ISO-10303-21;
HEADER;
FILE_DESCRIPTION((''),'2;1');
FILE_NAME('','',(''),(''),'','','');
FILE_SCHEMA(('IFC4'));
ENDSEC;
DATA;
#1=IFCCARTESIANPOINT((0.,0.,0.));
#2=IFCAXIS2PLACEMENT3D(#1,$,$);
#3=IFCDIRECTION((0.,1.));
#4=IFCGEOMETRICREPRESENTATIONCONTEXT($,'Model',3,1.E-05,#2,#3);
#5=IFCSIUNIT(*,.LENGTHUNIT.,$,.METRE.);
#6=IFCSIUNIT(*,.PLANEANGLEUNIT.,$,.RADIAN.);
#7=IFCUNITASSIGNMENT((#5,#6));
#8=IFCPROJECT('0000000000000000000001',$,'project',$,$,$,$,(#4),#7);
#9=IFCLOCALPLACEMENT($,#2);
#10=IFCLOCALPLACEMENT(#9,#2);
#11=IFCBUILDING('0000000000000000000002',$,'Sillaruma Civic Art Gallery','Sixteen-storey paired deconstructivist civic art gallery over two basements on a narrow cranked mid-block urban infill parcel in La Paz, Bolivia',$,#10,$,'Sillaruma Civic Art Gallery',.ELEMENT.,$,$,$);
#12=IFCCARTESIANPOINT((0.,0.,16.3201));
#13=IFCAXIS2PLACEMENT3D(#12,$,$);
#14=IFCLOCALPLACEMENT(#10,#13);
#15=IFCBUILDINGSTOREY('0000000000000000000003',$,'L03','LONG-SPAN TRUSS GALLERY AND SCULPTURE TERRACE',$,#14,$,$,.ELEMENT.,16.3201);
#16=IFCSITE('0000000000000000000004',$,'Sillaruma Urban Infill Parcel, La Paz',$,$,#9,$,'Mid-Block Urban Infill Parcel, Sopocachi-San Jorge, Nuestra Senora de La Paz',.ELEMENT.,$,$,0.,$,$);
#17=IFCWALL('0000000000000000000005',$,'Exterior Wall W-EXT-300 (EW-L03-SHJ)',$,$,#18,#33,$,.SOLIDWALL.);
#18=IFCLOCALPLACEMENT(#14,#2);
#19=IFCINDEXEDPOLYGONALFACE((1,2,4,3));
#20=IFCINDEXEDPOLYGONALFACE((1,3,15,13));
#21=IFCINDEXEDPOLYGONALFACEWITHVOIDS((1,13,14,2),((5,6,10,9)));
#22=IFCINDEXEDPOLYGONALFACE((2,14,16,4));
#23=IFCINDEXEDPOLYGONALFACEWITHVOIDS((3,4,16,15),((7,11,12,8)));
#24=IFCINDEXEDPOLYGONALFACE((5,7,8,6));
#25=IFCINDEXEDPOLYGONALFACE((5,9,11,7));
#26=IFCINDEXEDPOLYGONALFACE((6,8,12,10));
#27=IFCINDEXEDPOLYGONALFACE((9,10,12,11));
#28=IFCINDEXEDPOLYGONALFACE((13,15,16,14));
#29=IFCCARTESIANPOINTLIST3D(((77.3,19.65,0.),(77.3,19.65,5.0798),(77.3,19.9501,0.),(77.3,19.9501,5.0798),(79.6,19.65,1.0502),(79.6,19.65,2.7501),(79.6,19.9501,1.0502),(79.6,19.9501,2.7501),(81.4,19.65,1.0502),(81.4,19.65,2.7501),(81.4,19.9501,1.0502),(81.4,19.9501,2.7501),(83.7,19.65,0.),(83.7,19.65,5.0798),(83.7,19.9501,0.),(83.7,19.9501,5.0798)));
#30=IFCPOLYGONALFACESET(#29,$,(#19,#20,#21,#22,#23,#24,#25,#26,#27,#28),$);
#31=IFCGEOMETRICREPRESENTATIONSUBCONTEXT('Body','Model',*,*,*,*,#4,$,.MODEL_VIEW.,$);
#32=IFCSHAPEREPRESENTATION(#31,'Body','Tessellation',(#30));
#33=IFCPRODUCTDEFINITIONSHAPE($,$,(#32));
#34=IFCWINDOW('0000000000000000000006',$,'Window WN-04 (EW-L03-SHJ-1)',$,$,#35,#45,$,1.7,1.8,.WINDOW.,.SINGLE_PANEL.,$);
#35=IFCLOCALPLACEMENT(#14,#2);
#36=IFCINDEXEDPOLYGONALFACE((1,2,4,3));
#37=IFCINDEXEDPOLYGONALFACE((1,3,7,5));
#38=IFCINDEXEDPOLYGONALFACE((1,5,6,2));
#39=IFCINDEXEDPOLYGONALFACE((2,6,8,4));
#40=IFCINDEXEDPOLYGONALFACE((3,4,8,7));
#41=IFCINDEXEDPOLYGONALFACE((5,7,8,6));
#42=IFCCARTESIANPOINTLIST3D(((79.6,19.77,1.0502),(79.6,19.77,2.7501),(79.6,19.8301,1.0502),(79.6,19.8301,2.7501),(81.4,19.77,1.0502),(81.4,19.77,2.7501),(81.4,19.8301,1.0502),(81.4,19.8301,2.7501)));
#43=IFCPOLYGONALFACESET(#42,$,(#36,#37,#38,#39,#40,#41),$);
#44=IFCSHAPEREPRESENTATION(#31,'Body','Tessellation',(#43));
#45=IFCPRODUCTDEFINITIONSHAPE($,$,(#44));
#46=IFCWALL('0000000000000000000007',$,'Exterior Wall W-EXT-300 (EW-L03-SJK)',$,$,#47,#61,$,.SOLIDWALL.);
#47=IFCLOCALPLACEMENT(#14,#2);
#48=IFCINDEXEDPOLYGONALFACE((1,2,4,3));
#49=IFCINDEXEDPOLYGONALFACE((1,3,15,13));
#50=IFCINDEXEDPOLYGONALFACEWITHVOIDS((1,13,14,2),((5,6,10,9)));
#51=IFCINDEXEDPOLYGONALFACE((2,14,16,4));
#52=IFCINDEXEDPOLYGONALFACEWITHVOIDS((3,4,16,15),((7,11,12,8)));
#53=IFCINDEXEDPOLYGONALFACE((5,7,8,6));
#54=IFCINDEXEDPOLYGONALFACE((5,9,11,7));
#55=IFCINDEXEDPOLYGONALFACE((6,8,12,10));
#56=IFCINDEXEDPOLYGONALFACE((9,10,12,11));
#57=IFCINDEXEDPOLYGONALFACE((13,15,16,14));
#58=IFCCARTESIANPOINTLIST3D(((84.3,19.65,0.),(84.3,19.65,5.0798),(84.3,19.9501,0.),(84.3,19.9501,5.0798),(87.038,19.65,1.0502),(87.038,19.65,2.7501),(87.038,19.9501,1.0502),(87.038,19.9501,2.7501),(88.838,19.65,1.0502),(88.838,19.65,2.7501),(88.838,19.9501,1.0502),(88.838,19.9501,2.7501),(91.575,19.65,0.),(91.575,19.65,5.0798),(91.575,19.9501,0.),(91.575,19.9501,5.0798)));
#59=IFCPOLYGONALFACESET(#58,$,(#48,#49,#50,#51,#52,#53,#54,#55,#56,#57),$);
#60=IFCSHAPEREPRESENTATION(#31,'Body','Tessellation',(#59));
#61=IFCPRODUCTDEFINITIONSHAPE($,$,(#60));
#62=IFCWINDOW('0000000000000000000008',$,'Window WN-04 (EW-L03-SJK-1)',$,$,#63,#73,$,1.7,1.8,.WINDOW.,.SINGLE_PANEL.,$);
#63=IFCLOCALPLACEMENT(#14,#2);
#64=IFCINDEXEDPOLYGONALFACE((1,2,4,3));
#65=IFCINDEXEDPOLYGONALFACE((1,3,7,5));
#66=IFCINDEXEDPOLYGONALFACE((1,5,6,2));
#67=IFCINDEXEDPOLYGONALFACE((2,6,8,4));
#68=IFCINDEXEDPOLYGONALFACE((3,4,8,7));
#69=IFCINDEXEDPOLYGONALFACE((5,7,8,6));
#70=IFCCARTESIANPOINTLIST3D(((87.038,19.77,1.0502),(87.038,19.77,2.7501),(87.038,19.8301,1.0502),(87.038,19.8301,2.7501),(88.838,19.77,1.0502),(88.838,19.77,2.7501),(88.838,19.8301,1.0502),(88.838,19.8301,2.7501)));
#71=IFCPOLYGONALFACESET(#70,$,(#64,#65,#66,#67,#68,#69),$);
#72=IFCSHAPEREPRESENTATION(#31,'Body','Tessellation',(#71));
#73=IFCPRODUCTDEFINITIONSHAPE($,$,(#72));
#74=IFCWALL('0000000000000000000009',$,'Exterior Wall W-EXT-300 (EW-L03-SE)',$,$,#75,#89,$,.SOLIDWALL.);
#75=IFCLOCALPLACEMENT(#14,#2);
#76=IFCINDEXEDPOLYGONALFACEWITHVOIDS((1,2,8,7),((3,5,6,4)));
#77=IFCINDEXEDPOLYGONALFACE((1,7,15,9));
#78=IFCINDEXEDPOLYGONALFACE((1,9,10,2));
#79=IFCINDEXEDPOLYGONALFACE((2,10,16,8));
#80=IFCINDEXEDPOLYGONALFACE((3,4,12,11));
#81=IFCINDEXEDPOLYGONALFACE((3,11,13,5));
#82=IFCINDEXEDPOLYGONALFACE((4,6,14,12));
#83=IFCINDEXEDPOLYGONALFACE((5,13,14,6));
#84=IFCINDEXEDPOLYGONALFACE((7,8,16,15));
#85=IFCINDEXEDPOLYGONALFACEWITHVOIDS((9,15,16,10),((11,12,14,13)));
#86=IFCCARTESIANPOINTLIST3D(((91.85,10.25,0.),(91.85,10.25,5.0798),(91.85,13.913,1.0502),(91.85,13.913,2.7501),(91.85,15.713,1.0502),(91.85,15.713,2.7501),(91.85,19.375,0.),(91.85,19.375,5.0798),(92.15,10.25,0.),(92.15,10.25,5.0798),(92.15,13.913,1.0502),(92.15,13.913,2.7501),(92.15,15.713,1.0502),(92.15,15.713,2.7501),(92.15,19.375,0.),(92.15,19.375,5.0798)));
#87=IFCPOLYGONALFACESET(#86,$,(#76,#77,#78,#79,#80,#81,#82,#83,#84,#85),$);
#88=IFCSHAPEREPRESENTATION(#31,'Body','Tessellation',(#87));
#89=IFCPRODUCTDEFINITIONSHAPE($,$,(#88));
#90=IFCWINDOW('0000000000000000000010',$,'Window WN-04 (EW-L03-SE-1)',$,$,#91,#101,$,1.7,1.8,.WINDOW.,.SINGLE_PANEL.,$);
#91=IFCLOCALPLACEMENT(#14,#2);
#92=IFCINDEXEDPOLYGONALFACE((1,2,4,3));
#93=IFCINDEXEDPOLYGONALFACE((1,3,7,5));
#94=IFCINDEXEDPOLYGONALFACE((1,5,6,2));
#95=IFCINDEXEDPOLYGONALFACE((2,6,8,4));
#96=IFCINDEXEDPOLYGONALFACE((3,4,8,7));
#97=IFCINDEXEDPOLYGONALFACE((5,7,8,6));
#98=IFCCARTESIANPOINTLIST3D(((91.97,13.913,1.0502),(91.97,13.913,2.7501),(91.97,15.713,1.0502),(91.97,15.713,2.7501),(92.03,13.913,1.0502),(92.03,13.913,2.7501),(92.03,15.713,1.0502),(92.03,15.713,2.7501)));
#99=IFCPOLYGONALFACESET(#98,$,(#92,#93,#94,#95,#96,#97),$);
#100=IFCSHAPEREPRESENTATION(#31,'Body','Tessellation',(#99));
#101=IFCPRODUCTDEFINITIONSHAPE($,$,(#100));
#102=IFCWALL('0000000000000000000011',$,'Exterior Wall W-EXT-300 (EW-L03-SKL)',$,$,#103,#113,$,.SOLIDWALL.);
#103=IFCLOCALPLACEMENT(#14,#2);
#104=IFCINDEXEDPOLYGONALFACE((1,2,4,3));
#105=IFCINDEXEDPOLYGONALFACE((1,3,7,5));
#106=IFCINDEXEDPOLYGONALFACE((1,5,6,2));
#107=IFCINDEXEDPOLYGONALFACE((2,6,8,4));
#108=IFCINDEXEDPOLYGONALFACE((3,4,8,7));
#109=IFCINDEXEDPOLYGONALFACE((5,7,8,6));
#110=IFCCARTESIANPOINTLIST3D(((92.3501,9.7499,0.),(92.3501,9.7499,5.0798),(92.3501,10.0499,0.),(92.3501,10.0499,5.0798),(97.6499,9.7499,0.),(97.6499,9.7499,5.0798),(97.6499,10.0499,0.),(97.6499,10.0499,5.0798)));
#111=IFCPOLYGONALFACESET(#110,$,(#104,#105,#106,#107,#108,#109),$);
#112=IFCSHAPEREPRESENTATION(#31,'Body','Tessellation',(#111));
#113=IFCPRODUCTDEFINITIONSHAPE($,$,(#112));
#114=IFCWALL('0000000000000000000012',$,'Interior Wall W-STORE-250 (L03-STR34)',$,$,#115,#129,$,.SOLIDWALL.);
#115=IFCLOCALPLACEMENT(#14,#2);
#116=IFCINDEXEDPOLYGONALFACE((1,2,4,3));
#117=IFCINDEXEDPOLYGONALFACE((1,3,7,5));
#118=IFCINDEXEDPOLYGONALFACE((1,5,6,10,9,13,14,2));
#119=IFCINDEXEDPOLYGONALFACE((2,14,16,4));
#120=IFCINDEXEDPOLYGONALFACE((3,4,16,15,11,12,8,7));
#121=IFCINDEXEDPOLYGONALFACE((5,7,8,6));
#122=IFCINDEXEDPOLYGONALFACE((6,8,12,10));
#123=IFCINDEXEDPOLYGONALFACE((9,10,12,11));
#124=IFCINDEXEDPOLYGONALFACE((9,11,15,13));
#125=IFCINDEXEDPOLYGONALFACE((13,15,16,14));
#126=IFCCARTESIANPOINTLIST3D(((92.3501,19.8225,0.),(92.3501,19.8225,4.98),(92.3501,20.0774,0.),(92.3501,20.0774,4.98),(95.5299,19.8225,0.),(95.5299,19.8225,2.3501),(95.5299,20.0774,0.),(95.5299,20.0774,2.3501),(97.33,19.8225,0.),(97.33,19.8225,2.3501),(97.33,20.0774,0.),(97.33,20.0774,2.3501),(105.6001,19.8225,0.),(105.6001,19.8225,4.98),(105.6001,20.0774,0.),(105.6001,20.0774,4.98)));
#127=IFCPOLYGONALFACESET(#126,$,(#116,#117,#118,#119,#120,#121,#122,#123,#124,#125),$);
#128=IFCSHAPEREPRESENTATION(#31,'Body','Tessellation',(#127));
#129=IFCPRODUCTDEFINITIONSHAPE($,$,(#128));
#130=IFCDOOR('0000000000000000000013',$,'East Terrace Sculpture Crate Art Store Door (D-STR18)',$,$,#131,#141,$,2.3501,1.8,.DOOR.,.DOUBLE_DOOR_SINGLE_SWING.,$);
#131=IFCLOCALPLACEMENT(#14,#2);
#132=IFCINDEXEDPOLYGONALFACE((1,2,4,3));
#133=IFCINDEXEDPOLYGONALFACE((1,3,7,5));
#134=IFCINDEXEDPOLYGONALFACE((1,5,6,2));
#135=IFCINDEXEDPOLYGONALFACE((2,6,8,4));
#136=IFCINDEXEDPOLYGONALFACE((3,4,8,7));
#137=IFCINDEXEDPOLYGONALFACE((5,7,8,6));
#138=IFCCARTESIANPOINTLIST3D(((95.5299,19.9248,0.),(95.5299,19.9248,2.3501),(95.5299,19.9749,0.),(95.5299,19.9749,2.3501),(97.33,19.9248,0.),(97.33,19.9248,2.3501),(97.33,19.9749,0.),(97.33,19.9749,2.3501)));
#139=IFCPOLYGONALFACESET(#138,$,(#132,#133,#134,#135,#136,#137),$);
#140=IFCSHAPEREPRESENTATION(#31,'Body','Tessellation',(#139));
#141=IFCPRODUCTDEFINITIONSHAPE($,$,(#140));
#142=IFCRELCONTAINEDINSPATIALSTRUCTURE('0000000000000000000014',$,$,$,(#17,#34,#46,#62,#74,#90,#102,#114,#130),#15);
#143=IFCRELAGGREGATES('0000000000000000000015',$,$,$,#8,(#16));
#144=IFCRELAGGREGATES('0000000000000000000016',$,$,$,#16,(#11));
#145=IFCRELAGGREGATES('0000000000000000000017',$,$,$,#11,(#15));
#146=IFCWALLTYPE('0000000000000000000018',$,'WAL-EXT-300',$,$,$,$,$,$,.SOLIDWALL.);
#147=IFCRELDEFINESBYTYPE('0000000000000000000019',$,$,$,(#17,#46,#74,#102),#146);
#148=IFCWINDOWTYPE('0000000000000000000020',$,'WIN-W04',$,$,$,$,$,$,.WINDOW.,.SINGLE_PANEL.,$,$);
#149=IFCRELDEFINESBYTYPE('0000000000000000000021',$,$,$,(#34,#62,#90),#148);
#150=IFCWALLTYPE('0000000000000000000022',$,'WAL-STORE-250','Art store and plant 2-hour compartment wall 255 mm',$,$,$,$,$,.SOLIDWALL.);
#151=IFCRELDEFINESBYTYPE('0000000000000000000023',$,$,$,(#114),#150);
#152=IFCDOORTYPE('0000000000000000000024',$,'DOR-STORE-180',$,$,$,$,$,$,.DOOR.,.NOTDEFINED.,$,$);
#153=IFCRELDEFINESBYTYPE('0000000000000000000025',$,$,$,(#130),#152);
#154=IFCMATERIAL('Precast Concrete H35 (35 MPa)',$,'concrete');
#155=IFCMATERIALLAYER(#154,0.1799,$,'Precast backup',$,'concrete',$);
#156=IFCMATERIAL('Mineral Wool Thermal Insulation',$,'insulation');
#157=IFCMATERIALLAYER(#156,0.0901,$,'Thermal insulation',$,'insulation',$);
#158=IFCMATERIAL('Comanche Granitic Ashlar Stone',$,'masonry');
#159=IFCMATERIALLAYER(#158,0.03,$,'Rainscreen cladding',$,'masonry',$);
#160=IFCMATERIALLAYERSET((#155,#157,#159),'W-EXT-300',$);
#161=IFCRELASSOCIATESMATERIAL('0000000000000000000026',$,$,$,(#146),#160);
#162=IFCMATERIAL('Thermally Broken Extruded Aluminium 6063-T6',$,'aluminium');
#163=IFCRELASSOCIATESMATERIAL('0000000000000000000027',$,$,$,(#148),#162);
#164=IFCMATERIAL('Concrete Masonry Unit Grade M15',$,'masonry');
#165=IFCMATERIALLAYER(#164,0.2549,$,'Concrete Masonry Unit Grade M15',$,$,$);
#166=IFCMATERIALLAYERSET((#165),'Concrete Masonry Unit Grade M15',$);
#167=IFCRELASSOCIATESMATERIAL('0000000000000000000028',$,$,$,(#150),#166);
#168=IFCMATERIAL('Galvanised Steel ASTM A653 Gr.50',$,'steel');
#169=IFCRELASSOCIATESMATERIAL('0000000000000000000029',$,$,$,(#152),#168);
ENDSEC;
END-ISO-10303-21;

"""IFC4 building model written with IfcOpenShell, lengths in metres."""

from ifc_helpers import new_model, si_unit, direction, frame, frame_2d, origin, place, context, subcontext, project, spatial, rectangle, extrude, material, layer, layer_set, type_object, element, fill, save


model = new_model("IFC4")

# Units and contexts
model_context = context("Model", 3, precision=1e-05, world=origin(), true_north=direction((0.0, 1.0)))
body_context = subcontext(model_context, "Body", "Model", "MODEL_VIEW")
ifc_project = project(units=[si_unit("LENGTHUNIT", "METRE"), si_unit("PLANEANGLEUNIT", "RADIAN")], contexts=[model_context])

# Site, building, storey
site_placement = place(None, origin())
site = spatial("IfcSite", under=ifc_project, at=site_placement, Name="Sillaruma Urban Infill Parcel, La Paz", LongName="Mid-Block Urban Infill Parcel, Sopocachi-San Jorge, Nuestra Senora de La Paz", CompositionType="ELEMENT", RefElevation=0.0)
building_placement = place(site_placement, origin())
building = spatial("IfcBuilding", under=site, at=building_placement, Name="Sillaruma Civic Art Gallery", Description="Sixteen-storey paired deconstructivist civic art gallery over two basements on a narrow cranked mid-block urban infill parcel in La Paz, Bolivia", LongName="Sillaruma Civic Art Gallery", CompositionType="ELEMENT")
storey_placement = place(building_placement, frame((0.0, 0.0, 16.3201)))
storey = spatial("IfcBuildingStorey", under=building, at=storey_placement, Name="L03", Description="LONG-SPAN TRUSS GALLERY AND SCULPTURE TERRACE", CompositionType="ELEMENT", Elevation=16.3201)

# Walls, openings, windows
ifc_material_1 = material(Name="Precast Concrete H35 (35 MPa)", Category="concrete")
ifc_layer_1 = layer(ifc_material_1, 0.1799, Name="Precast backup", Category="concrete")
ifc_material_2 = material(Name="Mineral Wool Thermal Insulation", Category="insulation")
ifc_layer_2 = layer(ifc_material_2, 0.0901, Name="Thermal insulation", Category="insulation")
ifc_material_3 = material(Name="Comanche Granitic Ashlar Stone", Category="masonry")
ifc_layer_3 = layer(ifc_material_3, 0.03, Name="Rainscreen cladding", Category="masonry")
ifc_layer_set_1 = layer_set([ifc_layer_1, ifc_layer_2, ifc_layer_3], Name="W-EXT-300")
wall_type_1 = type_object("IfcWallType", Name="WAL-EXT-300", PredefinedType="SOLIDWALL", material=ifc_layer_set_1)
wall_1_placement = place(storey_placement, frame((77.3, 19.8, 0.0), z_axis=(0.0, 0.0, 1.0), x_axis=(1.0, 0.0, 0.0)))
wall_1 = element("IfcWall", 1, at=wall_1_placement, inside=storey, type_object=wall_type_1, Name="Exterior Wall W-EXT-300 (EW-L03-SHJ)", PredefinedType="SOLIDWALL", context=body_context, shape_type="SweptSolid", body=[
    extrude(rectangle(XDim=6.3999, YDim=0.3, at=frame_2d((3.2, 0.0))), origin(), (0.0, 0.0, 1.0), 5.0798),
])
opening_1_placement = place(wall_1_placement, frame((2.3, 0.0, 1.05)))
opening_1 = element("IfcOpeningElement", 2, at=opening_1_placement, cuts=wall_1, PredefinedType="OPENING", context=body_context, shape_type="SweptSolid", body=[
    extrude(rectangle(XDim=1.8, YDim=1.7, at=frame_2d((0.8999, 0.8501))), frame((0.0, 0.1599, 0.0), z_axis=(0.0, -1.0, 0.0), x_axis=(1.0, 0.0, 0.0)), (0.0, 0.0, 1.0), 0.3201),
])
ifc_material_4 = material(Name="Thermally Broken Extruded Aluminium 6063-T6", Category="aluminium")
window_type = type_object("IfcWindowType", Name="WIN-W04", PartitioningType="SINGLE_PANEL", PredefinedType="WINDOW", material=ifc_material_4)
window_1_placement = place(opening_1_placement, origin())
window_1 = element("IfcWindow", 3, at=window_1_placement, inside=storey, type_object=window_type, Name="Window WN-04 (EW-L03-SHJ-1)", OverallHeight=1.7, OverallWidth=1.8, PartitioningType="SINGLE_PANEL", PredefinedType="WINDOW", context=body_context, shape_type="SweptSolid", body=[
    extrude(rectangle(XDim=1.8, YDim=1.7, at=frame_2d((0.8999, 0.8501))), frame((0.0, 0.03, 0.0), z_axis=(0.0, -1.0, 0.0), x_axis=(1.0, 0.0, 0.0)), (0.0, 0.0, 1.0), 0.0601),
])
fill(opening_1, window_1)
wall_2_placement = place(storey_placement, frame((84.3, 19.8, 0.0), z_axis=(0.0, 0.0, 1.0), x_axis=(1.0, 0.0, 0.0)))
wall_2 = element("IfcWall", 4, at=wall_2_placement, inside=storey, type_object=wall_type_1, Name="Exterior Wall W-EXT-300 (EW-L03-SJK)", PredefinedType="SOLIDWALL", context=body_context, shape_type="SweptSolid", body=[
    extrude(rectangle(XDim=7.2749, YDim=0.3, at=frame_2d((3.6375, 0.0))), origin(), (0.0, 0.0, 1.0), 5.0798),
])
opening_2_placement = place(wall_2_placement, frame((2.738, 0.0, 1.05)))
opening_2 = element("IfcOpeningElement", 5, at=opening_2_placement, cuts=wall_2, PredefinedType="OPENING", context=body_context, shape_type="SweptSolid", body=[
    extrude(rectangle(XDim=1.8, YDim=1.7, at=frame_2d((0.8999, 0.8501))), frame((0.0, 0.1599, 0.0), z_axis=(0.0, -1.0, 0.0), x_axis=(1.0, 0.0, 0.0)), (0.0, 0.0, 1.0), 0.3201),
])
window_2_placement = place(opening_2_placement, origin())
window_2 = element("IfcWindow", 6, at=window_2_placement, inside=storey, type_object=window_type, Name="Window WN-04 (EW-L03-SJK-1)", OverallHeight=1.7, OverallWidth=1.8, PartitioningType="SINGLE_PANEL", PredefinedType="WINDOW", context=body_context, shape_type="SweptSolid", body=[
    extrude(rectangle(XDim=1.8, YDim=1.7, at=frame_2d((0.8999, 0.8501))), frame((0.0, 0.03, 0.0), z_axis=(0.0, -1.0, 0.0), x_axis=(1.0, 0.0, 0.0)), (0.0, 0.0, 1.0), 0.0601),
])
fill(opening_2, window_2)
wall_3_placement = place(storey_placement, frame((92.0, 10.25, 0.0), z_axis=(0.0, 0.0, 1.0), x_axis=(0.0, 1.0, 0.0)))
wall_3 = element("IfcWall", 7, at=wall_3_placement, inside=storey, type_object=wall_type_1, Name="Exterior Wall W-EXT-300 (EW-L03-SE)", PredefinedType="SOLIDWALL", context=body_context, shape_type="SweptSolid", body=[
    extrude(rectangle(XDim=9.125, YDim=0.3, at=frame_2d((4.5625, 0.0))), origin(), (0.0, 0.0, 1.0), 5.0798),
])
opening_3_placement = place(wall_3_placement, frame((3.6631, 0.0, 1.05)))
opening_3 = element("IfcOpeningElement", 8, at=opening_3_placement, cuts=wall_3, PredefinedType="OPENING", context=body_context, shape_type="SweptSolid", body=[
    extrude(rectangle(XDim=1.8, YDim=1.7, at=frame_2d((0.8999, 0.8501))), frame((0.0, 0.1599, 0.0), z_axis=(0.0, -1.0, 0.0), x_axis=(1.0, 0.0, 0.0)), (0.0, 0.0, 1.0), 0.3201),
])
window_3_placement = place(opening_3_placement, origin())
window_3 = element("IfcWindow", 9, at=window_3_placement, inside=storey, type_object=window_type, Name="Window WN-04 (EW-L03-SE-1)", OverallHeight=1.7, OverallWidth=1.8, PartitioningType="SINGLE_PANEL", PredefinedType="WINDOW", context=body_context, shape_type="SweptSolid", body=[
    extrude(rectangle(XDim=1.8, YDim=1.7, at=frame_2d((0.8999, 0.8501))), frame((0.0, 0.03, 0.0), z_axis=(0.0, -1.0, 0.0), x_axis=(1.0, 0.0, 0.0)), (0.0, 0.0, 1.0), 0.0601),
])
fill(opening_3, window_3)

# Wall
wall_4_placement = place(storey_placement, frame((92.3501, 9.8999, 0.0), z_axis=(0.0, 0.0, 1.0), x_axis=(1.0, 0.0, 0.0)))
element("IfcWall", 10, at=wall_4_placement, inside=storey, type_object=wall_type_1, Name="Exterior Wall W-EXT-300 (EW-L03-SKL)", PredefinedType="SOLIDWALL", context=body_context, shape_type="SweptSolid", body=[
    extrude(rectangle(XDim=5.2998, YDim=0.3, at=frame_2d((2.6499, 0.0))), origin(), (0.0, 0.0, 1.0), 5.0798),
])

# Wall, opening, door
ifc_material_5 = material(Name="Concrete Masonry Unit Grade M15", Category="masonry")
ifc_layer_4 = layer(ifc_material_5, 0.2549, Name="Concrete Masonry Unit Grade M15")
ifc_layer_set_2 = layer_set([ifc_layer_4], Name="Concrete Masonry Unit Grade M15")
wall_type_2 = type_object("IfcWallType", Name="WAL-STORE-250", Description="Art store and plant 2-hour compartment wall 255 mm", PredefinedType="SOLIDWALL", material=ifc_layer_set_2)
wall_5_placement = place(storey_placement, frame((92.3501, 19.95, 0.0), z_axis=(0.0, 0.0, 1.0), x_axis=(1.0, 0.0, 0.0)))
wall_5 = element("IfcWall", 11, at=wall_5_placement, inside=storey, type_object=wall_type_2, Name="Interior Wall W-STORE-250 (L03-STR34)", PredefinedType="SOLIDWALL", context=body_context, shape_type="SweptSolid", body=[
    extrude(rectangle(XDim=13.25, YDim=0.2549, at=frame_2d((6.625, 0.0))), origin(), (0.0, 0.0, 1.0), 4.98),
])
opening_4_placement = place(wall_5_placement, frame((3.1799, 0.0, 0.0)))
opening_4 = element("IfcOpeningElement", 12, at=opening_4_placement, cuts=wall_5, PredefinedType="OPENING", context=body_context, shape_type="SweptSolid", body=[
    extrude(rectangle(XDim=1.8, YDim=2.3501, at=frame_2d((0.8999, 1.175))), frame((0.0, 0.1375, 0.0), z_axis=(0.0, -1.0, 0.0), x_axis=(1.0, 0.0, 0.0)), (0.0, 0.0, 1.0), 0.2749),
])
ifc_material_6 = material(Name="Galvanised Steel ASTM A653 Gr.50", Category="steel")
door_type = type_object("IfcDoorType", Name="DOR-STORE-180", OperationType="NOTDEFINED", PredefinedType="DOOR", material=ifc_material_6)
door_placement = place(opening_4_placement, origin())
door = element("IfcDoor", 13, at=door_placement, inside=storey, type_object=door_type, Name="East Terrace Sculpture Crate Art Store Door (D-STR18)", OperationType="DOUBLE_DOOR_SINGLE_SWING", OverallHeight=2.3501, OverallWidth=1.8, PredefinedType="DOOR", context=body_context, shape_type="SweptSolid", body=[
    extrude(rectangle(XDim=1.8, YDim=2.3501, at=frame_2d((0.8999, 1.175))), frame((0.0, 0.0249, 0.0), z_axis=(0.0, -1.0, 0.0), x_axis=(1.0, 0.0, 0.0)), (0.0, 0.0, 1.0), 0.05),
])
fill(opening_4, door)

save(model, "model.ifc")
